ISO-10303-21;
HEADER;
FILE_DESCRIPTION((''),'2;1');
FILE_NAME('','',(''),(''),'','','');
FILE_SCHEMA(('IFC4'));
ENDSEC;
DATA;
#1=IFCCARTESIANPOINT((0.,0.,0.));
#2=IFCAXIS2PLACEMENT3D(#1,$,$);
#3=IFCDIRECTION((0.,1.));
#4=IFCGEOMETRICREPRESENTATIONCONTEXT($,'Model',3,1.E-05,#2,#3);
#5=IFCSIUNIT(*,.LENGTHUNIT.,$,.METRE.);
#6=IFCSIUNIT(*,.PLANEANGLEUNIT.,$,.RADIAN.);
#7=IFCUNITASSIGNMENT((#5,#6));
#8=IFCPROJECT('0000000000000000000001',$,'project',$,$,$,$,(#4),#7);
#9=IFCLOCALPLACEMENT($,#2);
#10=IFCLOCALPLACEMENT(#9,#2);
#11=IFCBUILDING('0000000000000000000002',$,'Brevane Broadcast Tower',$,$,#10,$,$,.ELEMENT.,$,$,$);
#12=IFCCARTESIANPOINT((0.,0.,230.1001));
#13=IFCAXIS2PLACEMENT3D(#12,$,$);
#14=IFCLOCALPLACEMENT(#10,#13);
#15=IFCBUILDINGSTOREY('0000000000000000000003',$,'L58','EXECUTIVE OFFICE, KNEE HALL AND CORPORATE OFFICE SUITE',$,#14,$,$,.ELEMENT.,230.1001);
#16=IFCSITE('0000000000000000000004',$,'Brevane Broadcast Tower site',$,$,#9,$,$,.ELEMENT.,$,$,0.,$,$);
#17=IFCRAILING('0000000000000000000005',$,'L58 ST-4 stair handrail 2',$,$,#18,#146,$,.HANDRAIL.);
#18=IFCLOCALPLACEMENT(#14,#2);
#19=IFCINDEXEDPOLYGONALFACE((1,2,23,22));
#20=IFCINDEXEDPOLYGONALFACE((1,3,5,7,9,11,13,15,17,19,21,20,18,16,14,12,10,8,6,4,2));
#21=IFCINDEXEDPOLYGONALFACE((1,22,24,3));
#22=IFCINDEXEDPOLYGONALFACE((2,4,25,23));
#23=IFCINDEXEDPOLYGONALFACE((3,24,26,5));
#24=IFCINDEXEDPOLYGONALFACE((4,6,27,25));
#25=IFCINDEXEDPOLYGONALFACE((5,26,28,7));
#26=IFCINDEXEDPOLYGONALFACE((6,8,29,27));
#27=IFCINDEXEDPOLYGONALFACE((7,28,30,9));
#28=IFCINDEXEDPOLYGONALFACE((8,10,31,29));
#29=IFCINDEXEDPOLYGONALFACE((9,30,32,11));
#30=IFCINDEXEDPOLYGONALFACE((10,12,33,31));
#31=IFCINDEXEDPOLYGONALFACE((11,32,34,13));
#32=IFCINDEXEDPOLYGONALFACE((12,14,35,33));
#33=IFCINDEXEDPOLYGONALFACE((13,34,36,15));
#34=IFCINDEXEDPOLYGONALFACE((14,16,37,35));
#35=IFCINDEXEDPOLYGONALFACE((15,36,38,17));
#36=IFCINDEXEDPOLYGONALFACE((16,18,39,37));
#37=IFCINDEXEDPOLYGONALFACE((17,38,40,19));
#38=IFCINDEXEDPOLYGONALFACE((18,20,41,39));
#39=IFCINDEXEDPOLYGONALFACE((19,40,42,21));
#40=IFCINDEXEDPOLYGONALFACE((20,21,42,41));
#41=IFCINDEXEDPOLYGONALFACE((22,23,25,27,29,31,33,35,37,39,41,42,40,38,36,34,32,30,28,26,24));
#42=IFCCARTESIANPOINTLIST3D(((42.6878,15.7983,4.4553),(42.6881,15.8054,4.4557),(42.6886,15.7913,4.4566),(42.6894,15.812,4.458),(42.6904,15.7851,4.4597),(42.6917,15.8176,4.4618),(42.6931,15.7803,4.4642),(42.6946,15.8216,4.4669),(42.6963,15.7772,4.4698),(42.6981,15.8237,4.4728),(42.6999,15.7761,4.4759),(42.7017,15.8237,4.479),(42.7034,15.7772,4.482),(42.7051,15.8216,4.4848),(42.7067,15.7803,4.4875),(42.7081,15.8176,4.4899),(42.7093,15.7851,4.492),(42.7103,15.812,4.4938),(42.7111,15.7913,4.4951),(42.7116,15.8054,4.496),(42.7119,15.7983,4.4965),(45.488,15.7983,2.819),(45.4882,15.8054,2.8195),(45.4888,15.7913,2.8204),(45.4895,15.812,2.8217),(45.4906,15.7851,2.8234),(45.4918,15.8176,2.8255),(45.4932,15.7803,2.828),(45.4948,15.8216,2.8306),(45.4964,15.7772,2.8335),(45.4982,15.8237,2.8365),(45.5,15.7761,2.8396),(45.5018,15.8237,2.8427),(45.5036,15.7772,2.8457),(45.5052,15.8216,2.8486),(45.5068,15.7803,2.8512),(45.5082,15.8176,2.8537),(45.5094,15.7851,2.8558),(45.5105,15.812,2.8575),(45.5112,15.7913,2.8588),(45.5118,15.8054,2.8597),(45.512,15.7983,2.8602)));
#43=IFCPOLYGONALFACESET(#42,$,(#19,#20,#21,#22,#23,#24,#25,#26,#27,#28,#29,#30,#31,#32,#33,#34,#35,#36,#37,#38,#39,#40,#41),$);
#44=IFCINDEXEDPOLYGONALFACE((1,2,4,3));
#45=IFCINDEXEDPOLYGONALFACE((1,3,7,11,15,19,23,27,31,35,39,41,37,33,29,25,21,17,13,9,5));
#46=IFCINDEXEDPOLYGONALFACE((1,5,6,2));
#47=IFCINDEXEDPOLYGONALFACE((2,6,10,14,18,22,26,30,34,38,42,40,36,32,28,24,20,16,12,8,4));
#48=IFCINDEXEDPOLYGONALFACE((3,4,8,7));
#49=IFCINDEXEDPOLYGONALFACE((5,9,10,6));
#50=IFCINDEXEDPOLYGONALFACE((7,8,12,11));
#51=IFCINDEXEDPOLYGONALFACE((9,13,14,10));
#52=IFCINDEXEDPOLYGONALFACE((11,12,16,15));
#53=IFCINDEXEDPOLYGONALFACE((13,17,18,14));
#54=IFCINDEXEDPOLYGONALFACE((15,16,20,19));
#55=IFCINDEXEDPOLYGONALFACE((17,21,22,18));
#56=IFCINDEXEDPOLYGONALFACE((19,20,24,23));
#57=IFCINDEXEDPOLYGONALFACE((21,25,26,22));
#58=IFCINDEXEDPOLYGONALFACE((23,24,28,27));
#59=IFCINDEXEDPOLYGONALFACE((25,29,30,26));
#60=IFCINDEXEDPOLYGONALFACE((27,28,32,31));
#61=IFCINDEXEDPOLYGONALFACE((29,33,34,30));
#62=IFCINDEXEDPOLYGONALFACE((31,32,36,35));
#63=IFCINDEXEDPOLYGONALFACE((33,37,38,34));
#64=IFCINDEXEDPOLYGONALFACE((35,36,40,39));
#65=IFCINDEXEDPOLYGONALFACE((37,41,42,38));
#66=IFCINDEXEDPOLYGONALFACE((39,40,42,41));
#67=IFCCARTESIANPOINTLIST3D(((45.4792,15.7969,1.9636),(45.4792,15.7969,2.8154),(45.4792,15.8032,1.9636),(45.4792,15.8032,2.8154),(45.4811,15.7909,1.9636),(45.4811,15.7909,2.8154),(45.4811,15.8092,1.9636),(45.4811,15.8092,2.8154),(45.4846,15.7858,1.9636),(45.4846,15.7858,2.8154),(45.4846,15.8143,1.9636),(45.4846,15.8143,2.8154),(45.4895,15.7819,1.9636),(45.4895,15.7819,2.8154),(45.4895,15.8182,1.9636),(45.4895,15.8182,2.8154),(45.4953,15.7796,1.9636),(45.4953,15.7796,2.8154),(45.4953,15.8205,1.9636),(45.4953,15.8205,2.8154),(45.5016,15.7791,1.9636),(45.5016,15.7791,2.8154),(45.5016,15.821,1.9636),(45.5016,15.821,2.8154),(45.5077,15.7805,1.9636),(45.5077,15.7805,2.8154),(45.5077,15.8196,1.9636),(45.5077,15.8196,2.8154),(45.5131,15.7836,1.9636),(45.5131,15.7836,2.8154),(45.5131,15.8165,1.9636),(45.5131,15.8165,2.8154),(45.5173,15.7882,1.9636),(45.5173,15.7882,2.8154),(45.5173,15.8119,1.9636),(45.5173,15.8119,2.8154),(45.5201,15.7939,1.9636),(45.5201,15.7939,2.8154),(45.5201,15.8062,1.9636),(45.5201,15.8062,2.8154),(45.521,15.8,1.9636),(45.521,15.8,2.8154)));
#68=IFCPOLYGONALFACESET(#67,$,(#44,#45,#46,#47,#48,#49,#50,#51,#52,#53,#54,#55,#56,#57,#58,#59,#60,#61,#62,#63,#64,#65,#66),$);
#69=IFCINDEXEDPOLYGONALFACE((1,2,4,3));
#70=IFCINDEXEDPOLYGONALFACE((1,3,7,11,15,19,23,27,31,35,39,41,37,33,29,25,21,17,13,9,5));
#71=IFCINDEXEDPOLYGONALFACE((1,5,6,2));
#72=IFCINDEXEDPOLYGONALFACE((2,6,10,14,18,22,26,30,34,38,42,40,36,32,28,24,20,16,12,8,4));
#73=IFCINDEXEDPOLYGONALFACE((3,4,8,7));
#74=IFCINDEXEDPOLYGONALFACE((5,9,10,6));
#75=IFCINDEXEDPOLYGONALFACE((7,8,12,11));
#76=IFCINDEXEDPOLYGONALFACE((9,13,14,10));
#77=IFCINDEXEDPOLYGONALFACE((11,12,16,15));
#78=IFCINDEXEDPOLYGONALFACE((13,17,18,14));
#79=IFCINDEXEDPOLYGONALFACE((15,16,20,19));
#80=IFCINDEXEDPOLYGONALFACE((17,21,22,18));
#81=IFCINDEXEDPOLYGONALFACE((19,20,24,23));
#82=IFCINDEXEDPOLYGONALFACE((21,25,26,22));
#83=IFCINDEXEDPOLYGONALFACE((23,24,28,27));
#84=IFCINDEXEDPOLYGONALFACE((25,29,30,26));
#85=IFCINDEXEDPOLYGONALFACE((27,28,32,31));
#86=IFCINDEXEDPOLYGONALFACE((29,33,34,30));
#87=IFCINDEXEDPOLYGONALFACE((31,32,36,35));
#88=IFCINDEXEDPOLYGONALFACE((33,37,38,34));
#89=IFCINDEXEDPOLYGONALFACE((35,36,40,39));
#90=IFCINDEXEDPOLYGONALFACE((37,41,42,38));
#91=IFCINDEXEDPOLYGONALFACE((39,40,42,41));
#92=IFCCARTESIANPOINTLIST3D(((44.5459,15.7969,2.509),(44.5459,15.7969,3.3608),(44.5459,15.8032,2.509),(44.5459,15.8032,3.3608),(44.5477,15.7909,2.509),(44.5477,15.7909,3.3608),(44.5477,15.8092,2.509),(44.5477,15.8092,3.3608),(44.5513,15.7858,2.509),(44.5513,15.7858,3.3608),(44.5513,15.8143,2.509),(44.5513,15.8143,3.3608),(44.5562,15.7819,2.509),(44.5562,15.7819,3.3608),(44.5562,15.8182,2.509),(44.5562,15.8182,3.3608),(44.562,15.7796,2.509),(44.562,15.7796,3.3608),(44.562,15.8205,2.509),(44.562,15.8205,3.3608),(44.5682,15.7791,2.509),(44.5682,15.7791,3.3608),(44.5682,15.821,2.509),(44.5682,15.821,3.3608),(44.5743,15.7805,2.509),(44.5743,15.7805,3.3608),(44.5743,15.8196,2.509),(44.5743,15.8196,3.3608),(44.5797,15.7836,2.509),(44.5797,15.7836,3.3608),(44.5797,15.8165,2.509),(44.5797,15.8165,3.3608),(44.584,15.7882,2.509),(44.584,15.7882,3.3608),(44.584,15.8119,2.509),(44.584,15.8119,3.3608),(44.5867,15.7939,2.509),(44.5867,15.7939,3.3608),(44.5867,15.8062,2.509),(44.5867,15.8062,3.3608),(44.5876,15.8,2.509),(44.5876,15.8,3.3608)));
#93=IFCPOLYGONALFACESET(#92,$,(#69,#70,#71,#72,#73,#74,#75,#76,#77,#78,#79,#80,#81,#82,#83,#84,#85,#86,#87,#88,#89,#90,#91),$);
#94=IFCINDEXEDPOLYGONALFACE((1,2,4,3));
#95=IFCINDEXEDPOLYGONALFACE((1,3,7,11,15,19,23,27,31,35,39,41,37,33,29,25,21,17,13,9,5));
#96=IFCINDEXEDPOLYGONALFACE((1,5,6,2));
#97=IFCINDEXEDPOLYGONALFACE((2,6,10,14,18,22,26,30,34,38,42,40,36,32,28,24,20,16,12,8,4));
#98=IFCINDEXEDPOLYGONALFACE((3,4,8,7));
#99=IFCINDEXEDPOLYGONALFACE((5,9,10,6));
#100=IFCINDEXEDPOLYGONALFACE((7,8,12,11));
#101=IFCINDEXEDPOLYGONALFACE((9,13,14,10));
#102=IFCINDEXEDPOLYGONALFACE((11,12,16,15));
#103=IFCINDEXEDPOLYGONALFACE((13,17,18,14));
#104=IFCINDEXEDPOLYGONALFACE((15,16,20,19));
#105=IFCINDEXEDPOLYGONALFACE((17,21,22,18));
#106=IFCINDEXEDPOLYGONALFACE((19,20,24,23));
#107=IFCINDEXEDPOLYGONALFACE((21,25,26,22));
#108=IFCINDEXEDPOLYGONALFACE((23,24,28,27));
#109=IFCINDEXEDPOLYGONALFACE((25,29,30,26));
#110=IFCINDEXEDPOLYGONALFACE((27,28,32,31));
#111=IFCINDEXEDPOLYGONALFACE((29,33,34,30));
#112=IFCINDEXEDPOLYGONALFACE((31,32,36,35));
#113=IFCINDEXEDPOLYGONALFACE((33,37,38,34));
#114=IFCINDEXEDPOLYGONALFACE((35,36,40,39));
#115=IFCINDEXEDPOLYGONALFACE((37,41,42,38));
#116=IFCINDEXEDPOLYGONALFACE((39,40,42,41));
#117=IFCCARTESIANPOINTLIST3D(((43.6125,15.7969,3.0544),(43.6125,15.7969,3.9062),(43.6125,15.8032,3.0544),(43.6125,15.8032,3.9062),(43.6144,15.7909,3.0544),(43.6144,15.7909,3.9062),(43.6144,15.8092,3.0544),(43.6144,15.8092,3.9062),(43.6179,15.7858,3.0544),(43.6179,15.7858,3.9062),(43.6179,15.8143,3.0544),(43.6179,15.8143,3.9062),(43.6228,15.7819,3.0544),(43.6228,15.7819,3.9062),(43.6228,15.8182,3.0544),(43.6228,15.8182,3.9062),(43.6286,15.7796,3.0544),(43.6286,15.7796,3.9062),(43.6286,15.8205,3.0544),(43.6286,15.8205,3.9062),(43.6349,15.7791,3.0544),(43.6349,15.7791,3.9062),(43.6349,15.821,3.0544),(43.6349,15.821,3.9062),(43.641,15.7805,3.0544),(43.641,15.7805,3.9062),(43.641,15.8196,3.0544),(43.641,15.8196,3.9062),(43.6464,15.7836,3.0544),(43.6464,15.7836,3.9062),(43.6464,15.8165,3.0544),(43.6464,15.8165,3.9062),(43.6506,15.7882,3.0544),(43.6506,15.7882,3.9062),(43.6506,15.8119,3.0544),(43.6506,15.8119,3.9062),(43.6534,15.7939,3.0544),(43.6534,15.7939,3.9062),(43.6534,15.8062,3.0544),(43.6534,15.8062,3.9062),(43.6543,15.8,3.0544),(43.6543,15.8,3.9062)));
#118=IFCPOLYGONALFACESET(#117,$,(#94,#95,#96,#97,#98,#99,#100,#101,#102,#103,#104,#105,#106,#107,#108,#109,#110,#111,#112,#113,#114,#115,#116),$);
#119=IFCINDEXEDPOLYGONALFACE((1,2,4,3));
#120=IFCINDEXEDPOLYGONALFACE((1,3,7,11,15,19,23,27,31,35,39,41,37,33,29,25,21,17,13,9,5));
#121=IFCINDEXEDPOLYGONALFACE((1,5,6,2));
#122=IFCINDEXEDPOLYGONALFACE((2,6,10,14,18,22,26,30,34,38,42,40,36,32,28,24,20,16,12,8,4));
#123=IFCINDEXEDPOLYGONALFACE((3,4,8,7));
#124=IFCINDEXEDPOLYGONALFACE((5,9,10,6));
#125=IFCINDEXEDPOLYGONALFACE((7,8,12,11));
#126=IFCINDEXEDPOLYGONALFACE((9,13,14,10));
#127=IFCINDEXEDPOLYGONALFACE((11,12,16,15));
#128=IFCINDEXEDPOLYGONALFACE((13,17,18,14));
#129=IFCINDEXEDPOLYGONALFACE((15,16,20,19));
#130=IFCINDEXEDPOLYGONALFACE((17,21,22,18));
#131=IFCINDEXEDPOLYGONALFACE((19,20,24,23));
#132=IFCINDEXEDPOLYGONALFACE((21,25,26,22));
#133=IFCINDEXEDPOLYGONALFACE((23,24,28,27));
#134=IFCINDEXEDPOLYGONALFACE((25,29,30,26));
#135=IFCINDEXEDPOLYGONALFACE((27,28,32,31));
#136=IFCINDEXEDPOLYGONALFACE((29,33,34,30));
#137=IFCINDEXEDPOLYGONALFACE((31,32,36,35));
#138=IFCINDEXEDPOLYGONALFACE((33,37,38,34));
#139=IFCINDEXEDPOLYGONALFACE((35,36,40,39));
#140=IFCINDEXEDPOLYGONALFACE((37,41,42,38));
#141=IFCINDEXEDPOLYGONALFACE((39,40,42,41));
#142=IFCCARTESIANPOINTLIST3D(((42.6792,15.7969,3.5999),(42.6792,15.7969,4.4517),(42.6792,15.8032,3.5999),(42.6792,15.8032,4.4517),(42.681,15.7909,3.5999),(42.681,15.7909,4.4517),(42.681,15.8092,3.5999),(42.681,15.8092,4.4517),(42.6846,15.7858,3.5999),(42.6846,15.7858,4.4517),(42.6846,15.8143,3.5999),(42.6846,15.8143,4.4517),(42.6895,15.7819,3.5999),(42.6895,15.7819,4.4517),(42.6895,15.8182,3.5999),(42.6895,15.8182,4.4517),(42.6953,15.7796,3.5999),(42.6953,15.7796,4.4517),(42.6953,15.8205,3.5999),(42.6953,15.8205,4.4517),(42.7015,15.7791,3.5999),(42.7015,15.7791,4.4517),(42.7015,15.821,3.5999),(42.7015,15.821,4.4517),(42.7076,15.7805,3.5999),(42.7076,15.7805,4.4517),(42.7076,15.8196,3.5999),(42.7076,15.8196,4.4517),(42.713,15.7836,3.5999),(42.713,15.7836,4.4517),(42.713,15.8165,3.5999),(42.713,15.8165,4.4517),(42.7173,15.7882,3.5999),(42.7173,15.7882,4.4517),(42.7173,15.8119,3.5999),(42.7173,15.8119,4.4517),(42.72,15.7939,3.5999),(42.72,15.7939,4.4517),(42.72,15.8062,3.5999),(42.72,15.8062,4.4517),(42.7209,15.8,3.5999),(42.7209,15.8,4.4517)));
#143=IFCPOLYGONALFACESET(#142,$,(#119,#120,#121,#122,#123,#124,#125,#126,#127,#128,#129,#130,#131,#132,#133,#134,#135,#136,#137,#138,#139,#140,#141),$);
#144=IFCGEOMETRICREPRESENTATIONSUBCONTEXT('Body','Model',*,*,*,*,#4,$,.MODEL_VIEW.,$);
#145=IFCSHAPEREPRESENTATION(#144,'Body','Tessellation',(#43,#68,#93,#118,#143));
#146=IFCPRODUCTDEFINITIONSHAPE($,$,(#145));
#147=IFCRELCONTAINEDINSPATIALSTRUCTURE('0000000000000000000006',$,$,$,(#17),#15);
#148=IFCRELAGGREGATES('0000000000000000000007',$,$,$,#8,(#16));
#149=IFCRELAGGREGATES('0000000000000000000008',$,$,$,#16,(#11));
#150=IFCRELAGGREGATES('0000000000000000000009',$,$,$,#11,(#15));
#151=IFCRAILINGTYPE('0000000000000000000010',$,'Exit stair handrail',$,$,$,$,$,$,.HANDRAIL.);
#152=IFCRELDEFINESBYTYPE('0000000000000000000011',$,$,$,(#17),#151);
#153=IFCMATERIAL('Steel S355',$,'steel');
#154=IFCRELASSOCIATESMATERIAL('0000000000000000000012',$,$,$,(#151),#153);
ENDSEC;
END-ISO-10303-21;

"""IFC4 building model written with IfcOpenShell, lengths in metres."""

from ifc_helpers import new_model, si_unit, direction, frame, origin, origin_2d, place, context, subcontext, project, spatial, circle, extrude, material, type_object, element, save


model = new_model("IFC4")

# Units and contexts
model_context = context("Model", 3, precision=1e-05, world=origin(), true_north=direction((0.0, 1.0)))
body_context = subcontext(model_context, "Body", "Model", "MODEL_VIEW")
ifc_project = project(units=[si_unit("LENGTHUNIT", "METRE"), si_unit("PLANEANGLEUNIT", "RADIAN")], contexts=[model_context])

# Site, building, storey
site_placement = place(None, origin())
site = spatial("IfcSite", under=ifc_project, at=site_placement, Name="Brevane Broadcast Tower site", CompositionType="ELEMENT", RefElevation=0.0)
building_placement = place(site_placement, origin())
building = spatial("IfcBuilding", under=site, at=building_placement, Name="Brevane Broadcast Tower", CompositionType="ELEMENT")
storey_placement = place(building_placement, frame((0.0, 0.0, 230.1001)))
storey = spatial("IfcBuildingStorey", under=building, at=storey_placement, Name="L58", Description="EXECUTIVE OFFICE, KNEE HALL AND CORPORATE OFFICE SUITE", CompositionType="ELEMENT", Elevation=230.1001)

# Railing
ifc_material_1 = material(Name="Steel S355", Category="steel")
railing_type_1 = type_object("IfcRailingType", Name="Exit stair handrail", PredefinedType="HANDRAIL", material=ifc_material_1)
railing_1_placement = place(storey_placement, frame((45.5, 15.8, 1.9636)))
element("IfcRailing", 1, at=railing_1_placement, inside=storey, type_object=railing_type_1, Name="L58 ST-4 stair handrail 2", PredefinedType="HANDRAIL", context=body_context, shape_type="SweptSolid", body=[
    extrude(circle(Radius=0.0239, at=origin_2d()), frame((0.0, 0.0, 0.876), z_axis=(-0.863394, 0.0, 0.504531), x_axis=(0.0, -1.0, 0.0)), (0.0, 0.0, 1.0), 3.2432),
    extrude(circle(Radius=0.021, at=origin_2d()), origin(), (0.0, 0.0, 1.0), 0.8518),
    extrude(circle(Radius=0.021, at=origin_2d()), frame((-0.9333, 0.0, 0.5454)), (0.0, 0.0, 1.0), 0.8518),
    extrude(circle(Radius=0.021, at=origin_2d()), frame((-1.8667, 0.0, 1.0908)), (0.0, 0.0, 1.0), 0.8518),
    extrude(circle(Radius=0.021, at=origin_2d()), frame((-2.8, 0.0, 1.6362)), (0.0, 0.0, 1.0), 0.8518),
])

save(model, "model.ifc")
